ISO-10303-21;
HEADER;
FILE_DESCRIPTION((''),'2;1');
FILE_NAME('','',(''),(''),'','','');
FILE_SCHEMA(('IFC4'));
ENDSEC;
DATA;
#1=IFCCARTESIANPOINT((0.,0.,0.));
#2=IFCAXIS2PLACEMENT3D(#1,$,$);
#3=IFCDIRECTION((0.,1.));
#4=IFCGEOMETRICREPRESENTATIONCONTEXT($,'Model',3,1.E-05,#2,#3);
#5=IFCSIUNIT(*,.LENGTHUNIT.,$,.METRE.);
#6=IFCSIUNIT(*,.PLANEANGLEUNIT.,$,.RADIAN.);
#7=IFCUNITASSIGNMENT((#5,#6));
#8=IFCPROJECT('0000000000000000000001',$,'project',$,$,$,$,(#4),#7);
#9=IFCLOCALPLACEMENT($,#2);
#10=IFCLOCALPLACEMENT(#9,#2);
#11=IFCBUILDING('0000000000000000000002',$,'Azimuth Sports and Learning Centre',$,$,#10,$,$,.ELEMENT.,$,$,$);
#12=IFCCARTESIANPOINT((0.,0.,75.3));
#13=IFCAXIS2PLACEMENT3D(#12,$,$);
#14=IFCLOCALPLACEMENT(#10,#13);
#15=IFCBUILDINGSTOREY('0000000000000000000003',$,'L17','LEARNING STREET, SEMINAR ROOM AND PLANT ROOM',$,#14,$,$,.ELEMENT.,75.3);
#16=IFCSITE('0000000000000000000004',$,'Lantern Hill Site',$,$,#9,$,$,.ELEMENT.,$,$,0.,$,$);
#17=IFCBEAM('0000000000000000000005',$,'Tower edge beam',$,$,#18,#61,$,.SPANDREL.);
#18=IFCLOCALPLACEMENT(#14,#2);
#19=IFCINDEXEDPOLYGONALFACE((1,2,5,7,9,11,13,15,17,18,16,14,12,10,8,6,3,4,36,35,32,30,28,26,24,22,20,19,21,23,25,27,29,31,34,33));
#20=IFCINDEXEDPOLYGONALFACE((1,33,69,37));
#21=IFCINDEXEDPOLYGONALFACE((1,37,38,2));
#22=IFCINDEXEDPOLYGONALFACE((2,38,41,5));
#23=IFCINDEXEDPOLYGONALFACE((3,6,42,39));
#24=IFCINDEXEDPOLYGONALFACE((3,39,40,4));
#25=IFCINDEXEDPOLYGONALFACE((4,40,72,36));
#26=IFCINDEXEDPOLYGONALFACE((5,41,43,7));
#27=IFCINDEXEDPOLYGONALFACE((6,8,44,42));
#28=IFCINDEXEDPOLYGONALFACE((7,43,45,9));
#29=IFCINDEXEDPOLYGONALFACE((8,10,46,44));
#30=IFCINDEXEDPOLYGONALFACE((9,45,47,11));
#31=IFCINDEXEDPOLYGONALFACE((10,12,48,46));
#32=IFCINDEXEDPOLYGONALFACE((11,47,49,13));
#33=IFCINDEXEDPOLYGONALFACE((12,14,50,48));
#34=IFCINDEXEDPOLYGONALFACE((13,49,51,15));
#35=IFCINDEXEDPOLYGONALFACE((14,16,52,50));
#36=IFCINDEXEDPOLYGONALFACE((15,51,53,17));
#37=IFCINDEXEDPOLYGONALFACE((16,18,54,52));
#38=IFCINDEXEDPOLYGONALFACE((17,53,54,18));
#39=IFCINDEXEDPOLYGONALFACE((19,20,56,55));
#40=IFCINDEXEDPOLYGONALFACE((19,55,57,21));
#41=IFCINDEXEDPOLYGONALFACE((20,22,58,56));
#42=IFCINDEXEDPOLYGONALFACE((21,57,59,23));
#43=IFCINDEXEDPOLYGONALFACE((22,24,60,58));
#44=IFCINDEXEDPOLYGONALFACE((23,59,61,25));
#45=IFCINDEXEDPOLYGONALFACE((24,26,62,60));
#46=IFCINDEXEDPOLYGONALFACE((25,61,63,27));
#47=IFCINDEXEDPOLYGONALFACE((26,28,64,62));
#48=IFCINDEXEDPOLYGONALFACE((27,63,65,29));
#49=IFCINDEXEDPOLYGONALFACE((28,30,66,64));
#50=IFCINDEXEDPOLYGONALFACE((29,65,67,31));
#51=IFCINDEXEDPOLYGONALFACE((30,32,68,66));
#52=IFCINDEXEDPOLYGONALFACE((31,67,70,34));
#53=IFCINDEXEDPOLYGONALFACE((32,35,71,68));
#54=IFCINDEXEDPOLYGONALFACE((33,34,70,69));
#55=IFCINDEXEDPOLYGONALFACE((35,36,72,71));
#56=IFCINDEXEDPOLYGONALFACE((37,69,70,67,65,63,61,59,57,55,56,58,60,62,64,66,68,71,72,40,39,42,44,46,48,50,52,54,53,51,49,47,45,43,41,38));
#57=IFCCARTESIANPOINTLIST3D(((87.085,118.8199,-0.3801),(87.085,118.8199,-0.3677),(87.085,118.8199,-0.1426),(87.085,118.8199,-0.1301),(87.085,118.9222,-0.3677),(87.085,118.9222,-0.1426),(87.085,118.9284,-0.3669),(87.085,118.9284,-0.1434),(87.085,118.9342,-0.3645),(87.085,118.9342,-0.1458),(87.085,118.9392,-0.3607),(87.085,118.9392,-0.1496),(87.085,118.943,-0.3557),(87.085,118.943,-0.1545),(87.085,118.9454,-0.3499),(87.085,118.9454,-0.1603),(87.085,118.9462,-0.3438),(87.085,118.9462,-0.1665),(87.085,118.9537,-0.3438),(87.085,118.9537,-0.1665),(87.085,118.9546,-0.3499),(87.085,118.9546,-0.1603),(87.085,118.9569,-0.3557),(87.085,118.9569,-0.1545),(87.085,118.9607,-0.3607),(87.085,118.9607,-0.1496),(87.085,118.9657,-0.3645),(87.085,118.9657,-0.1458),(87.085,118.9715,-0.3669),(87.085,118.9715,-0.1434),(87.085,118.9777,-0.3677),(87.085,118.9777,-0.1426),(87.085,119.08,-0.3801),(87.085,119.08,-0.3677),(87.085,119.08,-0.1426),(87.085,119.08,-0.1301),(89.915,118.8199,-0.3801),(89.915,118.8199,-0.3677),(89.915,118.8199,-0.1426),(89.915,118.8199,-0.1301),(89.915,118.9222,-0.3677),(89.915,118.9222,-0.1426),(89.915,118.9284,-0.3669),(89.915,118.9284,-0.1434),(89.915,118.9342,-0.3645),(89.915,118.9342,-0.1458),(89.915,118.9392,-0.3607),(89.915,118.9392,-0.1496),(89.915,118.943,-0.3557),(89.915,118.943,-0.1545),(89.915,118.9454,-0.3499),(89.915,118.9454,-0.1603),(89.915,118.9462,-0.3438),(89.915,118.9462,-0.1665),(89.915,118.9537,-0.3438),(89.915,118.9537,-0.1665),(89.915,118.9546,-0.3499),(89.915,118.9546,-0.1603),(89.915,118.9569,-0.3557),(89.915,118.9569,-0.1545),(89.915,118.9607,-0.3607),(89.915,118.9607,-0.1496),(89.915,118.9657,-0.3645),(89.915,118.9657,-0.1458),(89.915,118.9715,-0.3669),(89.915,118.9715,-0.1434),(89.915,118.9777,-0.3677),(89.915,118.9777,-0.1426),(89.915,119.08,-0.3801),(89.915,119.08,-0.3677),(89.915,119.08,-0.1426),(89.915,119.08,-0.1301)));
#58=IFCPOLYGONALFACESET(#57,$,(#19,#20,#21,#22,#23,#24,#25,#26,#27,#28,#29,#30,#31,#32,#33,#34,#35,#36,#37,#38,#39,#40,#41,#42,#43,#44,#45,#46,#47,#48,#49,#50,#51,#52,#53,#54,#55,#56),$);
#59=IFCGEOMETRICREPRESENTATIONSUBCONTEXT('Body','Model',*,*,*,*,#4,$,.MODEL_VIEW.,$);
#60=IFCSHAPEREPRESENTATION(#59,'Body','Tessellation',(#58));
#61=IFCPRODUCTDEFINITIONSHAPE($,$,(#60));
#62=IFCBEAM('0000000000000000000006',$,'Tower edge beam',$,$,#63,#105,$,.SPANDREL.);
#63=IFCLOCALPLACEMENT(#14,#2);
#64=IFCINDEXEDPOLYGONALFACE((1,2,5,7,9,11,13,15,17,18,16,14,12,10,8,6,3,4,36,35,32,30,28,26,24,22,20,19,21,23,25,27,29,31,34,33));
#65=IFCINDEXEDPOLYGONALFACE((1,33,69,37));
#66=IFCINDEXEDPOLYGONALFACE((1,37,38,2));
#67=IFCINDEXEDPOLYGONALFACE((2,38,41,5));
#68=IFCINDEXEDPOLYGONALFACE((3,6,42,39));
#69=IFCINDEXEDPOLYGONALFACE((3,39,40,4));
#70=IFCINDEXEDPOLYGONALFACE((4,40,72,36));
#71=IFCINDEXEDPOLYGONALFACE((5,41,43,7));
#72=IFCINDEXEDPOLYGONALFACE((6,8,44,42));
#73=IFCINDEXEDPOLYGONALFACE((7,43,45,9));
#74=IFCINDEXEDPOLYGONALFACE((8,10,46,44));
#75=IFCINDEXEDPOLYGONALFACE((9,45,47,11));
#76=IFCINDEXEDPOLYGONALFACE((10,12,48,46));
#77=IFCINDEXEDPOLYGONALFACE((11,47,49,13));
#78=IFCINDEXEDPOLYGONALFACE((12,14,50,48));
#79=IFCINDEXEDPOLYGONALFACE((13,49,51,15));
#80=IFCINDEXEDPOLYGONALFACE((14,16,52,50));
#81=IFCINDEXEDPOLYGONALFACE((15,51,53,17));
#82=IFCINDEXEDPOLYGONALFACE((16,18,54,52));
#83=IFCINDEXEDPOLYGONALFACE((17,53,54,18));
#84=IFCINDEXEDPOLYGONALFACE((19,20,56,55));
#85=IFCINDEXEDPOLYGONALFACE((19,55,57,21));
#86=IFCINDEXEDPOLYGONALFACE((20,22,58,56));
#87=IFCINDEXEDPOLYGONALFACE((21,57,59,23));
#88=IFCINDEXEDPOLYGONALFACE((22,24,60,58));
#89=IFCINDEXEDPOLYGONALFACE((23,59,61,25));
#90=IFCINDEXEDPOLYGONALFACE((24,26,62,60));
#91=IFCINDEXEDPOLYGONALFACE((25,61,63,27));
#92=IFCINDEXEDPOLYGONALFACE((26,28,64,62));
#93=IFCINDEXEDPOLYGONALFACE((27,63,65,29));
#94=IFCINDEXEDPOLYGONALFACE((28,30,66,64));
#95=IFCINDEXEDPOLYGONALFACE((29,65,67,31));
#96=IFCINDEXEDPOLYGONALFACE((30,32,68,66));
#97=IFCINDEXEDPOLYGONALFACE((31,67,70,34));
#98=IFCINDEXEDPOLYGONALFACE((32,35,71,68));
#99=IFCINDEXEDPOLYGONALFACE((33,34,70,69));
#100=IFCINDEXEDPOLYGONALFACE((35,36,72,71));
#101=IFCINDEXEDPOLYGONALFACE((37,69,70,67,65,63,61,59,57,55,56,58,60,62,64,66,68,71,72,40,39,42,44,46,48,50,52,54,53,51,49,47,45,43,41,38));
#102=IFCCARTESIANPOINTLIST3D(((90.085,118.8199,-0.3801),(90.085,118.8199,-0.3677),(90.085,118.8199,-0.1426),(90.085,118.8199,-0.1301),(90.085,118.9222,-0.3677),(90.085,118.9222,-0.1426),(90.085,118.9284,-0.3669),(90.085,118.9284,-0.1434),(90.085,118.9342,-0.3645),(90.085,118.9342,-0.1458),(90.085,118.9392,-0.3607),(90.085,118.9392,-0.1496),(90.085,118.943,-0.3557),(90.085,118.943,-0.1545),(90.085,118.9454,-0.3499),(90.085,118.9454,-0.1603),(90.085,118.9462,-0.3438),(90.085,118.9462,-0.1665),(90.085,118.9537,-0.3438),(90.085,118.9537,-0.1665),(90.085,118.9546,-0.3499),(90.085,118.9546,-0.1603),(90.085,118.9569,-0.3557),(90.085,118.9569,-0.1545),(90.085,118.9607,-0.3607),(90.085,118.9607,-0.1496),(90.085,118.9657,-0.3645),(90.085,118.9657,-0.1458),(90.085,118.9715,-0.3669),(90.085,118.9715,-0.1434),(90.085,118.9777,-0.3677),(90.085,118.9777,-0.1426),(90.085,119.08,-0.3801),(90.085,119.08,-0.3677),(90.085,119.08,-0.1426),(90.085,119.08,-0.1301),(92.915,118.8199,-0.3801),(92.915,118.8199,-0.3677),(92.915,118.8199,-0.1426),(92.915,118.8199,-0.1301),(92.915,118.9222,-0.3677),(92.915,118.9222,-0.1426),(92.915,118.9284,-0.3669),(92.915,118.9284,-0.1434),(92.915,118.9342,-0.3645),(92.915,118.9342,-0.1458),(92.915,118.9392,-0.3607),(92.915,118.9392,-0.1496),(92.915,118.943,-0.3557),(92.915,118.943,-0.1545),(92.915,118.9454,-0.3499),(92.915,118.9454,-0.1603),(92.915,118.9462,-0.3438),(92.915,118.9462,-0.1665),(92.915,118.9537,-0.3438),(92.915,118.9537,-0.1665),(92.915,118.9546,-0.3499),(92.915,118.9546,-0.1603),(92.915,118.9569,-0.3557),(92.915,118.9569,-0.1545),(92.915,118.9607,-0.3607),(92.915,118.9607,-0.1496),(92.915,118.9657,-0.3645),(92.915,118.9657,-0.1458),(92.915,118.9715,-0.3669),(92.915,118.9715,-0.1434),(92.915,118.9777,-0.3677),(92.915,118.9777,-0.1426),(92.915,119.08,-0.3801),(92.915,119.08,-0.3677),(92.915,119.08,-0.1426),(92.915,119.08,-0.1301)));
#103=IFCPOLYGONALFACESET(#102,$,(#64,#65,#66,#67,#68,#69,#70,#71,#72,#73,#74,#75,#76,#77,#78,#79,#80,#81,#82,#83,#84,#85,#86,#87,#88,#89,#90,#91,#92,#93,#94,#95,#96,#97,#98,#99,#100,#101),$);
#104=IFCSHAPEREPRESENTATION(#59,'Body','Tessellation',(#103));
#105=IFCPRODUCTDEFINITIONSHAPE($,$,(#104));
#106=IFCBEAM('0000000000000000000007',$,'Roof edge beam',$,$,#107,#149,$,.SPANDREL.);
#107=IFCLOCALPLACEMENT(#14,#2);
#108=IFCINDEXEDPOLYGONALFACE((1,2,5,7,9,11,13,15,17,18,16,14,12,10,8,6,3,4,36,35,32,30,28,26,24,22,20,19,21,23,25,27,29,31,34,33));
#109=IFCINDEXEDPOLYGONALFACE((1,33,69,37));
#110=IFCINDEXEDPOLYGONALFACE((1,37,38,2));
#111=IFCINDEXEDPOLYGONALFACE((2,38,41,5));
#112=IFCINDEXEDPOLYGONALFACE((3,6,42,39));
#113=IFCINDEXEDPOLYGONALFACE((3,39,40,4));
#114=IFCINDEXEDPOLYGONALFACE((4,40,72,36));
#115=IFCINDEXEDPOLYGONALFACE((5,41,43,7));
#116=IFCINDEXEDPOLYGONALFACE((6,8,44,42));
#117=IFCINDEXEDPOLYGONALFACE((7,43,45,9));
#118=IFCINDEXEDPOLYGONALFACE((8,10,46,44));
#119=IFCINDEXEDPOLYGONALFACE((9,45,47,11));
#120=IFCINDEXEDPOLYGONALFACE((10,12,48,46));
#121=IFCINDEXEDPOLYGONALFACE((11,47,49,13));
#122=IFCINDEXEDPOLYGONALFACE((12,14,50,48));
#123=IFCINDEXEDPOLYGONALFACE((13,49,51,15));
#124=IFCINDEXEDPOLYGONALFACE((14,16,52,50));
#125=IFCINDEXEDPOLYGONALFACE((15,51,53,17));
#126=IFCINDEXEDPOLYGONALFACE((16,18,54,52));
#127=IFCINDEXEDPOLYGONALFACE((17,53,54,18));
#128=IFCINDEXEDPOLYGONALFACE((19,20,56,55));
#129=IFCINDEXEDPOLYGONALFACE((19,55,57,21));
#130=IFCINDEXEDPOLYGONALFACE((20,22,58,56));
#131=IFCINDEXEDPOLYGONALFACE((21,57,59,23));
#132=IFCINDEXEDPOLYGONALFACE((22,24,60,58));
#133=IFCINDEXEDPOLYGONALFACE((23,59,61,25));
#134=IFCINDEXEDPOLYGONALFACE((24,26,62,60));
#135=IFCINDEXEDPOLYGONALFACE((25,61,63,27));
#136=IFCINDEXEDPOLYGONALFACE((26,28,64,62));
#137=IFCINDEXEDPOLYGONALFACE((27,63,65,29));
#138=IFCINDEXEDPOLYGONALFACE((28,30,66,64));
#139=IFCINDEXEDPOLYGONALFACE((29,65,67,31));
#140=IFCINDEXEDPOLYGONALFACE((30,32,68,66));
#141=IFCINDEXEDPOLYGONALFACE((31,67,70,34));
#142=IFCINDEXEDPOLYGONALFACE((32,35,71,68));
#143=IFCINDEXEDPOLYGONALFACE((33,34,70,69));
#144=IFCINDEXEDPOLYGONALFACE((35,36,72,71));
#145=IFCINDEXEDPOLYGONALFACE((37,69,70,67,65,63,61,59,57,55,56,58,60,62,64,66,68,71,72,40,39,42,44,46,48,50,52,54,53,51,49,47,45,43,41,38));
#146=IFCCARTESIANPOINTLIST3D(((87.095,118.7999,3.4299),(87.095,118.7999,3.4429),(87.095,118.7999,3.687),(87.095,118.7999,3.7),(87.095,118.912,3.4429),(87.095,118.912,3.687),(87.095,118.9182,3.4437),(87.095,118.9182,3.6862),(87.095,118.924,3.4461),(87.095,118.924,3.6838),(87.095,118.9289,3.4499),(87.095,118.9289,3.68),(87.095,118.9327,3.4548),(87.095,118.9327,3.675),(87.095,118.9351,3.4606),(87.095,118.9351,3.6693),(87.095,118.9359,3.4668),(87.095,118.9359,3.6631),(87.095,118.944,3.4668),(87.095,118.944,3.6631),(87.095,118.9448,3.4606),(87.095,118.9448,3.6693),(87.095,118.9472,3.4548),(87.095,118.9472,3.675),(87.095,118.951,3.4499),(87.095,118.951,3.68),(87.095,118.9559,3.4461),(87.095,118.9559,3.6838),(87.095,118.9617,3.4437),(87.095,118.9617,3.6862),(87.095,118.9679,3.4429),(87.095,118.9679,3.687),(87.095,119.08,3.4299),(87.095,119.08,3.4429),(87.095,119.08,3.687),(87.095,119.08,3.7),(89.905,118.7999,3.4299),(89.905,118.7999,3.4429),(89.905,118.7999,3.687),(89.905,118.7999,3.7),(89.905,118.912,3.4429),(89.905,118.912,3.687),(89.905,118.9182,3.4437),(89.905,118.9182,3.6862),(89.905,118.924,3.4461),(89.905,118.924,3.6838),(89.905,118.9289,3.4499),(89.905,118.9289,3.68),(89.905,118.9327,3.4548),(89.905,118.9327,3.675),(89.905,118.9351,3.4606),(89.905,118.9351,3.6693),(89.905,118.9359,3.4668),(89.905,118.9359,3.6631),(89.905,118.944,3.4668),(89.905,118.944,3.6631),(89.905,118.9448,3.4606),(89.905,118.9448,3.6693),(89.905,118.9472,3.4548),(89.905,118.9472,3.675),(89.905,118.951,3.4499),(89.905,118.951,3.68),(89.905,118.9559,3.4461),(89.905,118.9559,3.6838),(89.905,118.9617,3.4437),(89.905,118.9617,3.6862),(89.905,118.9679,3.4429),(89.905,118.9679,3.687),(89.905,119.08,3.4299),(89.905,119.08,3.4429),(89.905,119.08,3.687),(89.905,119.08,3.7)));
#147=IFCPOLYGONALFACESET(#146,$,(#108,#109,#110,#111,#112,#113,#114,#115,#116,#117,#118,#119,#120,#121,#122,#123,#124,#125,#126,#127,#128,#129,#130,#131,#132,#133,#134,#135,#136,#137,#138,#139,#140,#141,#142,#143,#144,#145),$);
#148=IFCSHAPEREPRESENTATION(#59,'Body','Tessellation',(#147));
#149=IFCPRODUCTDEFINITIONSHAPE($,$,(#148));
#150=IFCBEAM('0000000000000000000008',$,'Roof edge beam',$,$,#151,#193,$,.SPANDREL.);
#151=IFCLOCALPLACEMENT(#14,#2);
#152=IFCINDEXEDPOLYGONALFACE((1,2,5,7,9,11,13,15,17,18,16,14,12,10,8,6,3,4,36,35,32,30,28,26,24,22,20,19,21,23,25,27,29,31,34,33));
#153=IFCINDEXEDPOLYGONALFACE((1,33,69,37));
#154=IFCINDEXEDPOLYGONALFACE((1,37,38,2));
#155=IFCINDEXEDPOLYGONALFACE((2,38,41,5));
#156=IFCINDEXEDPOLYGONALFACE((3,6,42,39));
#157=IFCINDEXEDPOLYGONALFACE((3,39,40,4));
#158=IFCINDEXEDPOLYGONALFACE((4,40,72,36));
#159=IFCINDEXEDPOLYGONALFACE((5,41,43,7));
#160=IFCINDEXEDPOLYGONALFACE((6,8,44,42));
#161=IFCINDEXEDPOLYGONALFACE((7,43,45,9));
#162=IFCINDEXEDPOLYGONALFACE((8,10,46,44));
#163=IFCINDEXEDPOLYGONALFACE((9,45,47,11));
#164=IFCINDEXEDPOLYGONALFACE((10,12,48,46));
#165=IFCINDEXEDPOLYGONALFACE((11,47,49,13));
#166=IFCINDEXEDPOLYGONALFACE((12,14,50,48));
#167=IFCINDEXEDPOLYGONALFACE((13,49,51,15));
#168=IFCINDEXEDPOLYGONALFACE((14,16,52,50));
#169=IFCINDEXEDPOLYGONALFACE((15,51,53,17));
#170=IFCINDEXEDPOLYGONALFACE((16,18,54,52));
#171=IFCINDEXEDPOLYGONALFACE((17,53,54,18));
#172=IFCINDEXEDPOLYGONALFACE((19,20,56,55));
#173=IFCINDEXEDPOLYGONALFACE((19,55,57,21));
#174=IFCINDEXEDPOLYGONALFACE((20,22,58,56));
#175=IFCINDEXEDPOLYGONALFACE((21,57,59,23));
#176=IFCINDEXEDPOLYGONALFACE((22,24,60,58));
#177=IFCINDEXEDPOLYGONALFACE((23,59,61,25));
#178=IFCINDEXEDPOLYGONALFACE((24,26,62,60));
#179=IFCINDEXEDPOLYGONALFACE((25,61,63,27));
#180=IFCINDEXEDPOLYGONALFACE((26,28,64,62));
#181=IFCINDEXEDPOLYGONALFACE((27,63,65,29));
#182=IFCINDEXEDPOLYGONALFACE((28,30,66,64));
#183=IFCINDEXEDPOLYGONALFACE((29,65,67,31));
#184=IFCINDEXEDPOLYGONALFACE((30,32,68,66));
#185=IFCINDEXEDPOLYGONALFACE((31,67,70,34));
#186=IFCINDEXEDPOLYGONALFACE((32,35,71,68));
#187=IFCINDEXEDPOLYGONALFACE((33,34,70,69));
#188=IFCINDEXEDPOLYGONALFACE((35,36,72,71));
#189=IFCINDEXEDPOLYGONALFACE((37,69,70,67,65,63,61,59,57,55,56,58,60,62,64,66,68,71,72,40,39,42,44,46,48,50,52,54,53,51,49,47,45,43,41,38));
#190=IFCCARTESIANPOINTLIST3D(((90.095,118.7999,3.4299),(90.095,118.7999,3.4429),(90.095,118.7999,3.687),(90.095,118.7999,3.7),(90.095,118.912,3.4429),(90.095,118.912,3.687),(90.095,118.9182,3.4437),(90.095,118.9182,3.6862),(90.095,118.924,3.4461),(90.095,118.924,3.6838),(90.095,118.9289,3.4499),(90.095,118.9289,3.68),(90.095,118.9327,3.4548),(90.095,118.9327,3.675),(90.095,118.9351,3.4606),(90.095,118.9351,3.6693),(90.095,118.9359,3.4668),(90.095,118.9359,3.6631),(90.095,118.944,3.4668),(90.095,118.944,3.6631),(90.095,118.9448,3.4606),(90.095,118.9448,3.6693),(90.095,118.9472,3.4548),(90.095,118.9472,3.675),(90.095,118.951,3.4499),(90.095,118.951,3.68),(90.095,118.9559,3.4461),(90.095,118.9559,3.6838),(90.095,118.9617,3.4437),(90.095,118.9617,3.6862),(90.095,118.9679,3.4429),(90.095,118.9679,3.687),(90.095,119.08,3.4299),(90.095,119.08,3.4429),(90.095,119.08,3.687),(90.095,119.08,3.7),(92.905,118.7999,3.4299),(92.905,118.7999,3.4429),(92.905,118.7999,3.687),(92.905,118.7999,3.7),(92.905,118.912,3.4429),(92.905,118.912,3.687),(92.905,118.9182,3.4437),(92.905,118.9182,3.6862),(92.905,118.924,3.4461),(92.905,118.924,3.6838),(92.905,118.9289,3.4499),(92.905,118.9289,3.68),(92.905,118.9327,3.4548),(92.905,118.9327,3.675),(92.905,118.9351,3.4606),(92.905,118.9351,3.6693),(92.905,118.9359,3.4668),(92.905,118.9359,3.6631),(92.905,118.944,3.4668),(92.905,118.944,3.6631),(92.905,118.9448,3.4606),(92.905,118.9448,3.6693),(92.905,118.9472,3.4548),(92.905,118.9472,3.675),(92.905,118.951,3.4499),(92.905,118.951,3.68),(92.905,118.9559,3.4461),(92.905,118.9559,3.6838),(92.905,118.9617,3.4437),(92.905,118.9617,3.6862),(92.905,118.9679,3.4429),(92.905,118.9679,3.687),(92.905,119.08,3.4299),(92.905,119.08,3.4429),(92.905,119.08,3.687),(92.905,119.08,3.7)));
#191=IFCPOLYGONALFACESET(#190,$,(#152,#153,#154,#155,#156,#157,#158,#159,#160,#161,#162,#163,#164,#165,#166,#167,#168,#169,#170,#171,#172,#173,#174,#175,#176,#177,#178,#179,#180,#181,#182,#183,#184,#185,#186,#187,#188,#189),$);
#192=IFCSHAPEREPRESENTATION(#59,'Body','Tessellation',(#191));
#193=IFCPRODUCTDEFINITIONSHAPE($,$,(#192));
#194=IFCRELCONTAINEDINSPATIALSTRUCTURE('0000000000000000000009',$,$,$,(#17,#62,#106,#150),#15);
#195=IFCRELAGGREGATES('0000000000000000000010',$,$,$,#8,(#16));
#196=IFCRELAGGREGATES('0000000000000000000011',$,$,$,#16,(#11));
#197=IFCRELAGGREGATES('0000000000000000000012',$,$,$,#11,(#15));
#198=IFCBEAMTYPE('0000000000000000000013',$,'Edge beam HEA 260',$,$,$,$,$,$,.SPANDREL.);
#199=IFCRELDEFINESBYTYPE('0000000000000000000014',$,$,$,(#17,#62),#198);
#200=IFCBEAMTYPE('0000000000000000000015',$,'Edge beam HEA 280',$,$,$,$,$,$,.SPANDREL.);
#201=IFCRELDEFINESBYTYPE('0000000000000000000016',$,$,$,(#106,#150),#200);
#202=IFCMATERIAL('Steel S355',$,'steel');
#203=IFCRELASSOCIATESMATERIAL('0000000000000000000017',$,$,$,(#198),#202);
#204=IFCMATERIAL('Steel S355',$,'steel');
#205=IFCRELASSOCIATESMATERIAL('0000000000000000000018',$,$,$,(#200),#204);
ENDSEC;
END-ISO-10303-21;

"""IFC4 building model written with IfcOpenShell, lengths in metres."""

from ifc_helpers import new_model, si_unit, direction, frame, origin, origin_2d, place, context, subcontext, project, spatial, i_section, extrude, material, material_profile, profile_set, type_object, element, save


model = new_model("IFC4")

# Units and contexts
model_context = context("Model", 3, precision=1e-05, world=origin(), true_north=direction((0.0, 1.0)))
body_context = subcontext(model_context, "Body", "Model", "MODEL_VIEW")
ifc_project = project(units=[si_unit("LENGTHUNIT", "METRE"), si_unit("PLANEANGLEUNIT", "RADIAN")], contexts=[model_context])

# Site, building, storey
site_placement = place(None, origin())
site = spatial("IfcSite", under=ifc_project, at=site_placement, Name="Lantern Hill Site", CompositionType="ELEMENT", RefElevation=0.0)
building_placement = place(site_placement, origin())
building = spatial("IfcBuilding", under=site, at=building_placement, Name="Azimuth Sports and Learning Centre", CompositionType="ELEMENT")
storey_placement = place(building_placement, frame((0.0, 0.0, 75.3)))
storey = spatial("IfcBuildingStorey", under=building, at=storey_placement, Name="L17", Description="LEARNING STREET, SEMINAR ROOM AND PLANT ROOM", CompositionType="ELEMENT", Elevation=75.3)

# Beams
ifc_material_1 = material(Name="Steel S355", Category="steel")
ifc_material_profile_1 = material_profile(ifc_material_1, i_section(OverallWidth=0.26, OverallDepth=0.25, WebThickness=0.0076, FlangeThickness=0.0125, FilletRadius=0.0239, at=origin_2d()), Name="HEA 260")
ifc_profile_set_1 = profile_set([ifc_material_profile_1], Name="Steel S355")
beam_type_1 = type_object("IfcBeamType", Name="Edge beam HEA 260", PredefinedType="SPANDREL", material=ifc_profile_set_1)
for number, where, z_axis, x_axis, name in (
    (1, (87.085, 118.95, -0.2551), (1.0, 0.0, 0.0), (0.0, 1.0, 0.0), "Tower edge beam"),
    (2, (90.085, 118.95, -0.2551), (1.0, 0.0, 0.0), (0.0, 1.0, 0.0), "Tower edge beam"),
):
    element("IfcBeam", number, at=place(storey_placement, frame(where, z_axis=z_axis, x_axis=x_axis)), inside=storey, type_object=beam_type_1, Name=name, PredefinedType="SPANDREL", context=body_context, shape_type="SweptSolid", body=[
        extrude(i_section(OverallWidth=0.26, OverallDepth=0.25, WebThickness=0.0076, FlangeThickness=0.0125, FilletRadius=0.0239, at=origin_2d()), origin(), (0.0, 0.0, 1.0), 2.8301),
    ])
ifc_material_2 = material(Name="Steel S355", Category="steel")
ifc_material_profile_2 = material_profile(ifc_material_2, i_section(OverallWidth=0.28, OverallDepth=0.27, WebThickness=0.0081, FlangeThickness=0.0129, FilletRadius=0.0239, at=origin_2d()), Name="HEA 280")
ifc_profile_set_2 = profile_set([ifc_material_profile_2], Name="Steel S355")
beam_type_2 = type_object("IfcBeamType", Name="Edge beam HEA 280", PredefinedType="SPANDREL", material=ifc_profile_set_2)
for number, where, z_axis, x_axis, name in (
    (3, (87.095, 118.9399, 3.5649), (1.0, 0.0, 0.0), (0.0, 1.0, 0.0), "Roof edge beam"),
    (4, (90.095, 118.9399, 3.5649), (1.0, 0.0, 0.0), (0.0, 1.0, 0.0), "Roof edge beam"),
):
    element("IfcBeam", number, at=place(storey_placement, frame(where, z_axis=z_axis, x_axis=x_axis)), inside=storey, type_object=beam_type_2, Name=name, PredefinedType="SPANDREL", context=body_context, shape_type="SweptSolid", body=[
        extrude(i_section(OverallWidth=0.28, OverallDepth=0.27, WebThickness=0.0081, FlangeThickness=0.0129, FilletRadius=0.0239, at=origin_2d()), origin(), (0.0, 0.0, 1.0), 2.8101),
    ])

save(model, "model.ifc")
